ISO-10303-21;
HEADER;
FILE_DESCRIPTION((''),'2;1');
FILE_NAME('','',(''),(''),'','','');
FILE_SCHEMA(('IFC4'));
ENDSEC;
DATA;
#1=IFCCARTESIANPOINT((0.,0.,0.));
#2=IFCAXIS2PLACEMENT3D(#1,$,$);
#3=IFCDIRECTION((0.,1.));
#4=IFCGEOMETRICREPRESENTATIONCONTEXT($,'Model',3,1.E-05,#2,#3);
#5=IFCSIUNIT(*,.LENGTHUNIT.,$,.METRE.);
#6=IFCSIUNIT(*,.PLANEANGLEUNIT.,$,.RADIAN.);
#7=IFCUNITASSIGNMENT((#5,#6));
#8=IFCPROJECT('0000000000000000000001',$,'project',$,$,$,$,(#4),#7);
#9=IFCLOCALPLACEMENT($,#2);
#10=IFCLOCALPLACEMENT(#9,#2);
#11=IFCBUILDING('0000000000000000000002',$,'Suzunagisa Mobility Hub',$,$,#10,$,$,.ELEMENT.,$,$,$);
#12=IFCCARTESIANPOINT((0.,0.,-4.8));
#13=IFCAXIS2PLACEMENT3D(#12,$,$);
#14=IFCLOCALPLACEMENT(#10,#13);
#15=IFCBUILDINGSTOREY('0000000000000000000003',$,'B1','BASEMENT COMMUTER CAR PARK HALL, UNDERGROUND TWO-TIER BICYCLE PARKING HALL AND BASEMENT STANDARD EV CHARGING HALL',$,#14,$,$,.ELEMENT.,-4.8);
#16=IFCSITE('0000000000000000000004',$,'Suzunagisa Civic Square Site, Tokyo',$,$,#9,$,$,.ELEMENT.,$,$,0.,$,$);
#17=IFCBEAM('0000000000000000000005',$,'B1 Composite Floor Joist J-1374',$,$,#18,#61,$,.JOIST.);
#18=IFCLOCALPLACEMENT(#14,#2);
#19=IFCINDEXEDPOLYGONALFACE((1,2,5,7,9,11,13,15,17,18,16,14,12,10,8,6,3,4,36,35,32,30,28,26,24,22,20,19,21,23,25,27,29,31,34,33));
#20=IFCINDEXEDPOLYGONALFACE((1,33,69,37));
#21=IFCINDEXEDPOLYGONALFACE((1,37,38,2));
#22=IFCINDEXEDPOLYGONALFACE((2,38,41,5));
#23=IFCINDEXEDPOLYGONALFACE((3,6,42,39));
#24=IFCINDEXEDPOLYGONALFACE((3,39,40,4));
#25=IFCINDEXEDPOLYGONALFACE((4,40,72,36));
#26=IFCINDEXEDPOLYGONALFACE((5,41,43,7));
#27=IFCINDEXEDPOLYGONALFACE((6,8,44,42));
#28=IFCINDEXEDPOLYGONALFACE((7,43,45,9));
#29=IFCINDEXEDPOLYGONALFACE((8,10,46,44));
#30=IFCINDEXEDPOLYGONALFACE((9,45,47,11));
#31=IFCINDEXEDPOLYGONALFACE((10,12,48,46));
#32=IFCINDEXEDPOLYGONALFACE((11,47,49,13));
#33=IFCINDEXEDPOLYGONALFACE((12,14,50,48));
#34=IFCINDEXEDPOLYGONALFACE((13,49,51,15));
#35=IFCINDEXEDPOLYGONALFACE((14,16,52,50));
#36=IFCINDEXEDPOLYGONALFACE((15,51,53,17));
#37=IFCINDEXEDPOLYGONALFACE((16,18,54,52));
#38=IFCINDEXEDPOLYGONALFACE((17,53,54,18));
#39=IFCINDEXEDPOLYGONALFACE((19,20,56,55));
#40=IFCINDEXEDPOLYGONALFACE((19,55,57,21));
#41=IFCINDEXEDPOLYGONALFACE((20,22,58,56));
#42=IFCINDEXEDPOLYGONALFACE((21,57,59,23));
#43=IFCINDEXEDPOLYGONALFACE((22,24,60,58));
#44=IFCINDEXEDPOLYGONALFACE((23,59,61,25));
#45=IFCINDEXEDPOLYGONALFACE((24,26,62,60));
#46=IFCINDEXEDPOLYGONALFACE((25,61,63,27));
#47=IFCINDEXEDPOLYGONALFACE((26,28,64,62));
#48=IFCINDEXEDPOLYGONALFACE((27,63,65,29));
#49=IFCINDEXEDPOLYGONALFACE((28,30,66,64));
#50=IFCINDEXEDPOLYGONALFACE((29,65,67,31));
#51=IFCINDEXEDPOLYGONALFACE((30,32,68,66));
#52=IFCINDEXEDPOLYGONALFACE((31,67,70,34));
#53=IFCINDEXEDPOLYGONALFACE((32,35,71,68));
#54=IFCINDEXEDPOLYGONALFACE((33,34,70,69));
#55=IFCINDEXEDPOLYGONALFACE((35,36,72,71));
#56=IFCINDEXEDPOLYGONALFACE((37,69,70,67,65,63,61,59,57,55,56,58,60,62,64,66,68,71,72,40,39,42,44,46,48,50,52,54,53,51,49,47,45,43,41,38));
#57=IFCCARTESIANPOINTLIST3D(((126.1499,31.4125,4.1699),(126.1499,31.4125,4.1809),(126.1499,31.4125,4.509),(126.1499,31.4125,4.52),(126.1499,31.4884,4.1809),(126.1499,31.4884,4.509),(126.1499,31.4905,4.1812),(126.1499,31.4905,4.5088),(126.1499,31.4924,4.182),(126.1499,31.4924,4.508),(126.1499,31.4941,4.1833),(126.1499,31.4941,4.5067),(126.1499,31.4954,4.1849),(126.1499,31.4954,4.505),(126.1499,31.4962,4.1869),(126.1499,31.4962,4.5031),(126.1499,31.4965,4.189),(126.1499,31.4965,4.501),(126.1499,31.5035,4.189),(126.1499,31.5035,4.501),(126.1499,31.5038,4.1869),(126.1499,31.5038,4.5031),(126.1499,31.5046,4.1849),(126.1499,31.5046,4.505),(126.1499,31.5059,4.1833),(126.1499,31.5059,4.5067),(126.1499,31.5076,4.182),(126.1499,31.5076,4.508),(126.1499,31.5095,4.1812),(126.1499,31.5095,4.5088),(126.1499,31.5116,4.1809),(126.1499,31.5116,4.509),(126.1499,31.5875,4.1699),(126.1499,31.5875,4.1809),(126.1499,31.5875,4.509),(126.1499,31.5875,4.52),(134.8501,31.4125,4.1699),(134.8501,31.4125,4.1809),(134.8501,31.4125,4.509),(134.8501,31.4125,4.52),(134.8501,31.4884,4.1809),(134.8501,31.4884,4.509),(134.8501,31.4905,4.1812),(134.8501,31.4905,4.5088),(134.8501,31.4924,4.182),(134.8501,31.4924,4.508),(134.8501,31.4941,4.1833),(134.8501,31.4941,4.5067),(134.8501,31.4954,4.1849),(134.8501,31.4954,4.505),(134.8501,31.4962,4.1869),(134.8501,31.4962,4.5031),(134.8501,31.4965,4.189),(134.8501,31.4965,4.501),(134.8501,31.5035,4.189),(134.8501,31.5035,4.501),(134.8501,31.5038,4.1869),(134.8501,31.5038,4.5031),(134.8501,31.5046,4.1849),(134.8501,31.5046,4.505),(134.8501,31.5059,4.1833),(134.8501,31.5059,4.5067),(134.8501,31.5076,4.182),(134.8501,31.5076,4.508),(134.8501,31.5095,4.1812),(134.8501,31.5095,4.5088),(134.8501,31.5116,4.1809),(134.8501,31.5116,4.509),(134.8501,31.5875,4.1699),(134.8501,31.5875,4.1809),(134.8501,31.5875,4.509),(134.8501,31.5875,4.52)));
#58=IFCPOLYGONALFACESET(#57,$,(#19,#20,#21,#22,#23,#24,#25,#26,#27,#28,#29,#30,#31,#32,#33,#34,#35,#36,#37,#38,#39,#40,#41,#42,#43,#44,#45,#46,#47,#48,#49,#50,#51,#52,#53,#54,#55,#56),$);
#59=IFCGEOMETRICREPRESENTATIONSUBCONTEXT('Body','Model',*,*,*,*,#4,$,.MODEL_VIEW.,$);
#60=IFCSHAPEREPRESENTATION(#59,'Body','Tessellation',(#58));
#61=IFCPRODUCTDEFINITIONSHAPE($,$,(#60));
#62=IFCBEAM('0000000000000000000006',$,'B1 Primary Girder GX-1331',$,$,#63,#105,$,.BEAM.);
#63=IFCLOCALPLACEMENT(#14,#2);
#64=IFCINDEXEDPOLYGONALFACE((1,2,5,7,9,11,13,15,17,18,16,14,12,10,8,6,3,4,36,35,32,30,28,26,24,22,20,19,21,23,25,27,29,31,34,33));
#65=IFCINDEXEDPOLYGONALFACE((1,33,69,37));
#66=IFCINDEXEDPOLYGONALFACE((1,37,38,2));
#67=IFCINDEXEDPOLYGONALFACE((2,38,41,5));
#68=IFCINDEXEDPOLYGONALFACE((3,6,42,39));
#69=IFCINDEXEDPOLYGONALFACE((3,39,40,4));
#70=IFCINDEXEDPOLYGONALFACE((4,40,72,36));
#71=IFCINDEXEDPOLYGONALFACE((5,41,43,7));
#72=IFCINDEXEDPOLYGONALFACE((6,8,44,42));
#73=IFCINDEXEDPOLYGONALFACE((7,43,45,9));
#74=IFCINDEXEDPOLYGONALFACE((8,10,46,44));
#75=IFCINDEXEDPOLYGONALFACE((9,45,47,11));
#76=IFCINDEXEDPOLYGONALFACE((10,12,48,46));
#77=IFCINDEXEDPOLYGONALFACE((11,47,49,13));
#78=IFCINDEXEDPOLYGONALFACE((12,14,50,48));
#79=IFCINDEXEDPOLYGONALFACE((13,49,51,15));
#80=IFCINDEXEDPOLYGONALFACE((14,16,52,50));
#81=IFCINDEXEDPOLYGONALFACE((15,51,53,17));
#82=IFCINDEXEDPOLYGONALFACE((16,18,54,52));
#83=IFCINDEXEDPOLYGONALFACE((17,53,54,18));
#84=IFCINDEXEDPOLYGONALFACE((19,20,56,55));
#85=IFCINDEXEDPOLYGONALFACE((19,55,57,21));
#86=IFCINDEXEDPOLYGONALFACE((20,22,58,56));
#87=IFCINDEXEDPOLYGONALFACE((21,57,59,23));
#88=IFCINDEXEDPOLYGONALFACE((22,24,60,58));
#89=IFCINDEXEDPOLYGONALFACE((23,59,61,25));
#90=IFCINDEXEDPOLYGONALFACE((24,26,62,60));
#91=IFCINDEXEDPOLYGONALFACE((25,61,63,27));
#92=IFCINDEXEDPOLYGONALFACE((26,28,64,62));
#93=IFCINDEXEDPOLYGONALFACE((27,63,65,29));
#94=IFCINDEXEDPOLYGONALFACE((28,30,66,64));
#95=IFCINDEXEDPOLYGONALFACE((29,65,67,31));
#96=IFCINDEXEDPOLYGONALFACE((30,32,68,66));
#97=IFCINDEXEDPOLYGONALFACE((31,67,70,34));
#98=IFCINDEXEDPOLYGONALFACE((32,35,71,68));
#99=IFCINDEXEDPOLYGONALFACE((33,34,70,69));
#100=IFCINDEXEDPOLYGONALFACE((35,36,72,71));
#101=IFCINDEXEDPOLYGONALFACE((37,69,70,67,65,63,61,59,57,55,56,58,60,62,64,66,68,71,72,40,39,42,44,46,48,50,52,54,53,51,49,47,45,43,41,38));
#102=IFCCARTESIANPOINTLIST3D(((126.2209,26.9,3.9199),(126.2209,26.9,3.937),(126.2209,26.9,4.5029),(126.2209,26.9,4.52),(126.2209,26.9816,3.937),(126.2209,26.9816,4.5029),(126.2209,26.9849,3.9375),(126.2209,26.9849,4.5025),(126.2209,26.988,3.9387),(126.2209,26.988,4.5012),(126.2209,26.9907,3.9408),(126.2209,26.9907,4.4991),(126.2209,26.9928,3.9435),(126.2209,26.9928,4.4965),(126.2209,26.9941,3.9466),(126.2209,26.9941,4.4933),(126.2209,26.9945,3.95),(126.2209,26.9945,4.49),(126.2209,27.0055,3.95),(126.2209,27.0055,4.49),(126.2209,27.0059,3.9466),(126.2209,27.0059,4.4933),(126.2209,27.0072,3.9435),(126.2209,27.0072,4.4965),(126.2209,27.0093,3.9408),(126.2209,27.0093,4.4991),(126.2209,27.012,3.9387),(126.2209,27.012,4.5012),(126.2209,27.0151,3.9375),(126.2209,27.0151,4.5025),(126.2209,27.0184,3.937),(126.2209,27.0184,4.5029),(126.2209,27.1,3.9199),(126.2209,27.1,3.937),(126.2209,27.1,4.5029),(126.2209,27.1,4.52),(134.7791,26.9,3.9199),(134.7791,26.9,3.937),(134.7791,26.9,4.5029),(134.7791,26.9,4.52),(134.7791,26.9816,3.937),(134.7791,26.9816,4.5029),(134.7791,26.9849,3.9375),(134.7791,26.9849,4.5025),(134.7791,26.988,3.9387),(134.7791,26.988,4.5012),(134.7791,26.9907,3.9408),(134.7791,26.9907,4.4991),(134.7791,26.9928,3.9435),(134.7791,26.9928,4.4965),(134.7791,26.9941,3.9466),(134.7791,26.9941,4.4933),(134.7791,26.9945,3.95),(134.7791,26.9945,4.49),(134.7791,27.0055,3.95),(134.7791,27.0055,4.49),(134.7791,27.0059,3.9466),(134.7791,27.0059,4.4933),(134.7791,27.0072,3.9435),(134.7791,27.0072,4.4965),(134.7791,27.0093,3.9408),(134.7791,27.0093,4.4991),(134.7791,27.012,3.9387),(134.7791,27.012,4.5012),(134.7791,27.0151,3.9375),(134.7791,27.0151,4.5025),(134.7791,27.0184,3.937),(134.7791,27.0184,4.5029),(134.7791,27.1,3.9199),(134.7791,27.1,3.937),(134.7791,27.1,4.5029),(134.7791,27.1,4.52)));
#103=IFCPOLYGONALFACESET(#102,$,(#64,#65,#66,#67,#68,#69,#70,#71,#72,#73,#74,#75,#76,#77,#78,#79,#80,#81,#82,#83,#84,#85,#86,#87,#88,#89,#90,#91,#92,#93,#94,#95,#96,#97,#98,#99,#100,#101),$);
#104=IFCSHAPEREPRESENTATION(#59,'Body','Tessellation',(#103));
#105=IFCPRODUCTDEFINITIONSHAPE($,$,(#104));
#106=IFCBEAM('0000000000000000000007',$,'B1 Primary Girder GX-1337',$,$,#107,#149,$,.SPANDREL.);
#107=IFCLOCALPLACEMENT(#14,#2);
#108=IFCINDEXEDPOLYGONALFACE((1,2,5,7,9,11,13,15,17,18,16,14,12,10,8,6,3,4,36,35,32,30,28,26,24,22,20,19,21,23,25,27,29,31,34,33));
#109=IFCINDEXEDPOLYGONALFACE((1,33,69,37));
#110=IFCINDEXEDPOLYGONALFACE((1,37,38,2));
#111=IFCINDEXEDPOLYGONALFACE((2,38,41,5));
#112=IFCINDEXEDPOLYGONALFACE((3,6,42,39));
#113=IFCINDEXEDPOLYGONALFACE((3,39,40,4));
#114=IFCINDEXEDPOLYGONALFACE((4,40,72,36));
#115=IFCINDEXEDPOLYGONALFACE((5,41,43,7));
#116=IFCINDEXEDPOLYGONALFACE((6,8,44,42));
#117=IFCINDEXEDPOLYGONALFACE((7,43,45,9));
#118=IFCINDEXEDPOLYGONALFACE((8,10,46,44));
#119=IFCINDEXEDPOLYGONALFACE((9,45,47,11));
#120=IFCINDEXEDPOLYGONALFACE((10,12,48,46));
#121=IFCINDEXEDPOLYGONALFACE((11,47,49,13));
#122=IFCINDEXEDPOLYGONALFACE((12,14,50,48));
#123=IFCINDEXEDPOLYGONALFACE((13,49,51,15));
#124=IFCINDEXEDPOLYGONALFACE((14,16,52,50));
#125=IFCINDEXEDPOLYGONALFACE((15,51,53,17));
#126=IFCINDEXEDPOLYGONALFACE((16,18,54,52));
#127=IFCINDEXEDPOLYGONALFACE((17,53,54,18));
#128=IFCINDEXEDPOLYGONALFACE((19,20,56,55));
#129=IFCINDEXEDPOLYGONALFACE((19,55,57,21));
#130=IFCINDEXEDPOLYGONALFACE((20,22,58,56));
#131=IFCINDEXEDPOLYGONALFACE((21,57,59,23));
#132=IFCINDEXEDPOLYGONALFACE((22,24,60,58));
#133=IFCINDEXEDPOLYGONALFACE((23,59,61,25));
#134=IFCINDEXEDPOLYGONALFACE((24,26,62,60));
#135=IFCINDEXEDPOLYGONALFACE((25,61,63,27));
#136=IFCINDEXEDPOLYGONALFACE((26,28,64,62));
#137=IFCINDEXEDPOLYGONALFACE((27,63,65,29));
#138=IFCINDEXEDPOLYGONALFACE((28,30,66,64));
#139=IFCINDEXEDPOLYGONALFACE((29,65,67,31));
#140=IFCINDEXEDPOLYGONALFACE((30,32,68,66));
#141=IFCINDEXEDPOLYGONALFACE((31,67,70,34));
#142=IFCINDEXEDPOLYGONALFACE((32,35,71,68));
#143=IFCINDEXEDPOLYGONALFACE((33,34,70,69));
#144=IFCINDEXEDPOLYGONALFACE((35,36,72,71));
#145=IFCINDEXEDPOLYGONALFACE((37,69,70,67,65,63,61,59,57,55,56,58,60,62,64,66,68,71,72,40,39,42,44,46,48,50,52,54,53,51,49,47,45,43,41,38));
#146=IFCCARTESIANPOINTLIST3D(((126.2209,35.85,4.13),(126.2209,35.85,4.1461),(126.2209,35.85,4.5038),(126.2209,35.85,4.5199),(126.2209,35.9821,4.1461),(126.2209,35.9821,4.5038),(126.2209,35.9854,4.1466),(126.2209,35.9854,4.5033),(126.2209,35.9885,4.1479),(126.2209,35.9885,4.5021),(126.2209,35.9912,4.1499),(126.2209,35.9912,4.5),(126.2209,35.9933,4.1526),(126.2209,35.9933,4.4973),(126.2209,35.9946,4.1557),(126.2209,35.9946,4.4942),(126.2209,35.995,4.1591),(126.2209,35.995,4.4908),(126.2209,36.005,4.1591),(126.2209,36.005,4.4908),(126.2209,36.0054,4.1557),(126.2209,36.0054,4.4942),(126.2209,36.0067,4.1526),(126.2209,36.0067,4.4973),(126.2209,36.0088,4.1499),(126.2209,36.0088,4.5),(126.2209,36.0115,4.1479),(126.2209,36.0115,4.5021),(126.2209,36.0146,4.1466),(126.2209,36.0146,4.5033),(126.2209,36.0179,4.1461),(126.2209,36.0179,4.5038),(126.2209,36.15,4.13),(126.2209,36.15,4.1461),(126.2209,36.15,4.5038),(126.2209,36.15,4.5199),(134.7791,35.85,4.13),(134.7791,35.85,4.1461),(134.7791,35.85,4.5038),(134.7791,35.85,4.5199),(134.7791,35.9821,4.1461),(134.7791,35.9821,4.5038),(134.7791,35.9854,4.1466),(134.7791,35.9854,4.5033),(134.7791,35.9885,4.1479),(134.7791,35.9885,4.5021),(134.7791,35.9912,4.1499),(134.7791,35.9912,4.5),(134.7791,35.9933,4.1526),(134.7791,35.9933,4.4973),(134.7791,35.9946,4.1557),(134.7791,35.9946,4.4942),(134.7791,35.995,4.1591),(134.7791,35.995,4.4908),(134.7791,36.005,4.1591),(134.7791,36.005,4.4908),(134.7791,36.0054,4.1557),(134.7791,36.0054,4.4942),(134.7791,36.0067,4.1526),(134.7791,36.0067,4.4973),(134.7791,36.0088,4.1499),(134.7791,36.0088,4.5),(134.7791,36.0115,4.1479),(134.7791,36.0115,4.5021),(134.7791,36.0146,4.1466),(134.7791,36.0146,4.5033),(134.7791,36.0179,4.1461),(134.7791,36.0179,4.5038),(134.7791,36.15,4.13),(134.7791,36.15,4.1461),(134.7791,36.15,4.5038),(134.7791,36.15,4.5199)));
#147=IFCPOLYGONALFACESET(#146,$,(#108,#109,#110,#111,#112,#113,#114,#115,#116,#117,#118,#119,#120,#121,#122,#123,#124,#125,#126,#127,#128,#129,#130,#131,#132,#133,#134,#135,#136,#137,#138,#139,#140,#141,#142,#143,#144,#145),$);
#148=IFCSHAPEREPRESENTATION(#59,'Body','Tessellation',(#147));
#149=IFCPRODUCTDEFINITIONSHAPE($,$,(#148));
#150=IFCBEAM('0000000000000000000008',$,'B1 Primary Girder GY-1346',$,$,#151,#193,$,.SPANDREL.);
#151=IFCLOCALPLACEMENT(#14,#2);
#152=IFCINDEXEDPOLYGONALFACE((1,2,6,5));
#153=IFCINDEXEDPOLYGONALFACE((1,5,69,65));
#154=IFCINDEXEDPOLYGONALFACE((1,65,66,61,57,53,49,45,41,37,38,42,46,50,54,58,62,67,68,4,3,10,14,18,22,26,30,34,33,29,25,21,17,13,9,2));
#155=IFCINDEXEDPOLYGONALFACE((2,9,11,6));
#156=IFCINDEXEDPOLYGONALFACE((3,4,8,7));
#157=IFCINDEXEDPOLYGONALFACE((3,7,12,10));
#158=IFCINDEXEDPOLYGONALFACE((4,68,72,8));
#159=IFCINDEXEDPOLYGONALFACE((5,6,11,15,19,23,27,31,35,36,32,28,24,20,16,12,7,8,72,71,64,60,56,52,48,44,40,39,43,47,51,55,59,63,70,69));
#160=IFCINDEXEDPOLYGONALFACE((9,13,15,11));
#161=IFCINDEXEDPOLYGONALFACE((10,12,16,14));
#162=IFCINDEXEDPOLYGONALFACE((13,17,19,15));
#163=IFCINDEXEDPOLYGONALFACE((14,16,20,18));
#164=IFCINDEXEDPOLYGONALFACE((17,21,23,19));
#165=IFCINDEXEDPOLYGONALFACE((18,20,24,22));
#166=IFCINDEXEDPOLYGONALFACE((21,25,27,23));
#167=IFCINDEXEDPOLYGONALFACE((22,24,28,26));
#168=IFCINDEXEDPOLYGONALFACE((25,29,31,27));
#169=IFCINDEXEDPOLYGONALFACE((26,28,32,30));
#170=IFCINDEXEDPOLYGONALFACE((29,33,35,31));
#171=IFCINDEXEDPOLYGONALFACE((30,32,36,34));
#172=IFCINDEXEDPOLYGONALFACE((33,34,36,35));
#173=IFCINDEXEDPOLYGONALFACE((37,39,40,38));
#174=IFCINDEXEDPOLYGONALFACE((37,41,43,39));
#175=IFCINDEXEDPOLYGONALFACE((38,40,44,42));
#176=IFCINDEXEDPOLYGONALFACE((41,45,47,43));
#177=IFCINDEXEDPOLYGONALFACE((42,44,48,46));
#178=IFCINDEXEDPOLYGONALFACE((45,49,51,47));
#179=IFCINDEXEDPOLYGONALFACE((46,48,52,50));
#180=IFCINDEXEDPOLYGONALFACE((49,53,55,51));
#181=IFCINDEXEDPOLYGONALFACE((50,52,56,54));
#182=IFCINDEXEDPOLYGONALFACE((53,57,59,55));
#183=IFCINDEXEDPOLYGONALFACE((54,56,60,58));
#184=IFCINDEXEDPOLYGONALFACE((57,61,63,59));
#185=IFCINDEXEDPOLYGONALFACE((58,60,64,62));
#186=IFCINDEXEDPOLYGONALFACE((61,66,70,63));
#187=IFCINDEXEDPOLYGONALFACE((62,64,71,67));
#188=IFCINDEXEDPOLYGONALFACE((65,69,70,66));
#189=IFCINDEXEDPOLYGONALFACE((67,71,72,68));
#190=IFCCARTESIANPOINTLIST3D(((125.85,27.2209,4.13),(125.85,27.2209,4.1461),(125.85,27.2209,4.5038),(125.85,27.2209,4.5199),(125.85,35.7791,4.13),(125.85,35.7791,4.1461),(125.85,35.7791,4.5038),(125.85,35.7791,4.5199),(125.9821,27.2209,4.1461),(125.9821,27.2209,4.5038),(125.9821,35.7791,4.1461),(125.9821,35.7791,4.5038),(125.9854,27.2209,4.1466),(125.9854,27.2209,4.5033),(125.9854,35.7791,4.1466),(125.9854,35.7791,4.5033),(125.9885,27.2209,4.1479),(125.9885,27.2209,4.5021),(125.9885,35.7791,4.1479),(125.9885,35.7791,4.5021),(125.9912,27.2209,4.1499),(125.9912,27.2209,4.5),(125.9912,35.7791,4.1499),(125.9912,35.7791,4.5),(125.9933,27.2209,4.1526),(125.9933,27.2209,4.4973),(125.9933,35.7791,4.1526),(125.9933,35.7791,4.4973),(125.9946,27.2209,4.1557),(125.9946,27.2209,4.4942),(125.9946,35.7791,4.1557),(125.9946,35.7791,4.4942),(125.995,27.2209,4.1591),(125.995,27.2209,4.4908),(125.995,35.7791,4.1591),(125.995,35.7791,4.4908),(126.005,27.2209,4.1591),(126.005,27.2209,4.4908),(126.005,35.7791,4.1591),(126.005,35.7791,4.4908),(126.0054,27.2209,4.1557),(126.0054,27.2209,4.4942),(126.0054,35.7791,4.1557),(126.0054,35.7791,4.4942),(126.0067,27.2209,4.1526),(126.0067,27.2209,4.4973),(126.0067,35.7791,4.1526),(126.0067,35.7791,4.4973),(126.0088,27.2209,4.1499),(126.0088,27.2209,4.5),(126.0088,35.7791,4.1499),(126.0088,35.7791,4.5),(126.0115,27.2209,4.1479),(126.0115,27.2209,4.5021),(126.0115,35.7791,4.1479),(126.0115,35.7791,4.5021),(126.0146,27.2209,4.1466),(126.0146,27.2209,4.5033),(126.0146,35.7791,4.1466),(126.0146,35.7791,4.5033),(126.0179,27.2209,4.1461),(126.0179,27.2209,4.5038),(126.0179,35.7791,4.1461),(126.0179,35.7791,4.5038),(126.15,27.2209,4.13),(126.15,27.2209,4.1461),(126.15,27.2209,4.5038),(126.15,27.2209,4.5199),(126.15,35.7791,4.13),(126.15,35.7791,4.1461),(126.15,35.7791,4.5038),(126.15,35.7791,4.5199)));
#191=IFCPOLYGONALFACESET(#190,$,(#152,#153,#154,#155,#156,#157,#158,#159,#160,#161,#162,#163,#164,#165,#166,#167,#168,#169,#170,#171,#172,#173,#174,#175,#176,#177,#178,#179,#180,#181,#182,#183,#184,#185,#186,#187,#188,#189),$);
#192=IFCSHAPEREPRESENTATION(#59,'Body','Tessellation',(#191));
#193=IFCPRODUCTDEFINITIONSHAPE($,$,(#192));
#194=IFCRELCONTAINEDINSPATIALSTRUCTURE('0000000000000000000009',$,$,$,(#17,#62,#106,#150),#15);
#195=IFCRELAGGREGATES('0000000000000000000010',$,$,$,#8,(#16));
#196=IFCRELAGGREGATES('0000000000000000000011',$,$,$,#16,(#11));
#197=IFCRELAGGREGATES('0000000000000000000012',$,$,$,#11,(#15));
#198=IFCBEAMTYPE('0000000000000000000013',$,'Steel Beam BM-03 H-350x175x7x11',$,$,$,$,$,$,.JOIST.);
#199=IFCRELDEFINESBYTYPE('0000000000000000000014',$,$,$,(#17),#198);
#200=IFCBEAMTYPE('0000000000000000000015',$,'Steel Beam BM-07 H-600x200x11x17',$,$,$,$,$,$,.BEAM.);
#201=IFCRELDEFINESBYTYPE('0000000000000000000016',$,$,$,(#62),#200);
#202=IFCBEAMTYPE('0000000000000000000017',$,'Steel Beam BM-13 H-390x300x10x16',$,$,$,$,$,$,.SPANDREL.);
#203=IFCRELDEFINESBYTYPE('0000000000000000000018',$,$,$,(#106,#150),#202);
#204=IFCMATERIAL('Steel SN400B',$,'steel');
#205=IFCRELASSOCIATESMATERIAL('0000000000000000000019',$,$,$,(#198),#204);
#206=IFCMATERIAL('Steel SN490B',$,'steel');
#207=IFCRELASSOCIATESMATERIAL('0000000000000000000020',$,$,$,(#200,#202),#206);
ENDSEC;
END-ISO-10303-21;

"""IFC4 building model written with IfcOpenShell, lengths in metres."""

from ifc_helpers import new_model, si_unit, direction, frame, origin, origin_2d, place, context, subcontext, project, spatial, i_section, extrude, material, material_profile, profile_set, type_object, element, save


model = new_model("IFC4")

# Units and contexts
model_context = context("Model", 3, precision=1e-05, world=origin(), true_north=direction((0.0, 1.0)))
body_context = subcontext(model_context, "Body", "Model", "MODEL_VIEW")
ifc_project = project(units=[si_unit("LENGTHUNIT", "METRE"), si_unit("PLANEANGLEUNIT", "RADIAN")], contexts=[model_context])

# Site, building, storey
site_placement = place(None, origin())
site = spatial("IfcSite", under=ifc_project, at=site_placement, Name="Suzunagisa Civic Square Site, Tokyo", CompositionType="ELEMENT", RefElevation=0.0)
building_placement = place(site_placement, origin())
building = spatial("IfcBuilding", under=site, at=building_placement, Name="Suzunagisa Mobility Hub", CompositionType="ELEMENT")
storey_placement = place(building_placement, frame((0.0, 0.0, -4.8)))
storey = spatial("IfcBuildingStorey", under=building, at=storey_placement, Name="B1", Description="BASEMENT COMMUTER CAR PARK HALL, UNDERGROUND TWO-TIER BICYCLE PARKING HALL AND BASEMENT STANDARD EV CHARGING HALL", CompositionType="ELEMENT", Elevation=-4.8)

# Shared definitions
ifc_material_1 = material(Name="Steel SN490B", Category="steel")

# Beams
ifc_material_2 = material(Name="Steel SN400B", Category="steel")
ifc_material_profile_1 = material_profile(ifc_material_2, i_section(OverallWidth=0.175, OverallDepth=0.3501, WebThickness=0.0071, FlangeThickness=0.011, FilletRadius=0.0081, at=origin_2d()), Name="H-350x175x7x11")
ifc_profile_set_1 = profile_set([ifc_material_profile_1], Name="Steel SN400B")
beam_type_1 = type_object("IfcBeamType", Name="Steel Beam BM-03 H-350x175x7x11", PredefinedType="JOIST", material=ifc_profile_set_1)
beam_1_placement = place(storey_placement, frame((126.1499, 31.5, 4.345), z_axis=(1.0, 0.0, 0.0), x_axis=(0.0, 1.0, 0.0)))
element("IfcBeam", 1, at=beam_1_placement, inside=storey, type_object=beam_type_1, Name="B1 Composite Floor Joist J-1374", PredefinedType="JOIST", context=body_context, shape_type="SweptSolid", body=[
    extrude(i_section(OverallWidth=0.175, OverallDepth=0.3501, WebThickness=0.0071, FlangeThickness=0.011, FilletRadius=0.0081, at=origin_2d()), origin(), (0.0, 0.0, 1.0), 8.7002),
])
ifc_material_profile_2 = material_profile(ifc_material_1, i_section(OverallWidth=0.2, OverallDepth=0.6001, WebThickness=0.011, FlangeThickness=0.0171, FilletRadius=0.0129, at=origin_2d()), Name="H-600x200x11x17")
ifc_profile_set_2 = profile_set([ifc_material_profile_2], Name="Steel SN490B")
beam_type_2 = type_object("IfcBeamType", Name="Steel Beam BM-07 H-600x200x11x17", PredefinedType="BEAM", material=ifc_profile_set_2)
beam_2_placement = place(storey_placement, frame((126.2209, 27.0, 4.22), z_axis=(1.0, 0.0, 0.0), x_axis=(0.0, 1.0, 0.0)))
element("IfcBeam", 2, at=beam_2_placement, inside=storey, type_object=beam_type_2, Name="B1 Primary Girder GX-1331", PredefinedType="BEAM", context=body_context, shape_type="SweptSolid", body=[
    extrude(i_section(OverallWidth=0.2, OverallDepth=0.6001, WebThickness=0.011, FlangeThickness=0.0171, FilletRadius=0.0129, at=origin_2d()), origin(), (0.0, 0.0, 1.0), 8.5581),
])
ifc_material_profile_3 = material_profile(ifc_material_1, i_section(OverallWidth=0.3, OverallDepth=0.3899, WebThickness=0.01, FlangeThickness=0.0161, FilletRadius=0.0129, at=origin_2d()), Name="H-390x300x10x16")
ifc_profile_set_3 = profile_set([ifc_material_profile_3], Name="Steel SN490B")
beam_type_3 = type_object("IfcBeamType", Name="Steel Beam BM-13 H-390x300x10x16", PredefinedType="SPANDREL", material=ifc_profile_set_3)
for number, where, z_axis, x_axis, name in (
    (3, (126.2209, 36.0, 4.325), (1.0, 0.0, 0.0), (0.0, 1.0, 0.0), "B1 Primary Girder GX-1337"),
    (4, (126.0, 27.2209, 4.325), (0.0, 1.0, 0.0), (-1.0, 0.0, 0.0), "B1 Primary Girder GY-1346"),
):
    element("IfcBeam", number, at=place(storey_placement, frame(where, z_axis=z_axis, x_axis=x_axis)), inside=storey, type_object=beam_type_3, Name=name, PredefinedType="SPANDREL", context=body_context, shape_type="SweptSolid", body=[
        extrude(i_section(OverallWidth=0.3, OverallDepth=0.3899, WebThickness=0.01, FlangeThickness=0.0161, FilletRadius=0.0129, at=origin_2d()), origin(), (0.0, 0.0, 1.0), 8.5581),
    ])

save(model, "model.ifc")
